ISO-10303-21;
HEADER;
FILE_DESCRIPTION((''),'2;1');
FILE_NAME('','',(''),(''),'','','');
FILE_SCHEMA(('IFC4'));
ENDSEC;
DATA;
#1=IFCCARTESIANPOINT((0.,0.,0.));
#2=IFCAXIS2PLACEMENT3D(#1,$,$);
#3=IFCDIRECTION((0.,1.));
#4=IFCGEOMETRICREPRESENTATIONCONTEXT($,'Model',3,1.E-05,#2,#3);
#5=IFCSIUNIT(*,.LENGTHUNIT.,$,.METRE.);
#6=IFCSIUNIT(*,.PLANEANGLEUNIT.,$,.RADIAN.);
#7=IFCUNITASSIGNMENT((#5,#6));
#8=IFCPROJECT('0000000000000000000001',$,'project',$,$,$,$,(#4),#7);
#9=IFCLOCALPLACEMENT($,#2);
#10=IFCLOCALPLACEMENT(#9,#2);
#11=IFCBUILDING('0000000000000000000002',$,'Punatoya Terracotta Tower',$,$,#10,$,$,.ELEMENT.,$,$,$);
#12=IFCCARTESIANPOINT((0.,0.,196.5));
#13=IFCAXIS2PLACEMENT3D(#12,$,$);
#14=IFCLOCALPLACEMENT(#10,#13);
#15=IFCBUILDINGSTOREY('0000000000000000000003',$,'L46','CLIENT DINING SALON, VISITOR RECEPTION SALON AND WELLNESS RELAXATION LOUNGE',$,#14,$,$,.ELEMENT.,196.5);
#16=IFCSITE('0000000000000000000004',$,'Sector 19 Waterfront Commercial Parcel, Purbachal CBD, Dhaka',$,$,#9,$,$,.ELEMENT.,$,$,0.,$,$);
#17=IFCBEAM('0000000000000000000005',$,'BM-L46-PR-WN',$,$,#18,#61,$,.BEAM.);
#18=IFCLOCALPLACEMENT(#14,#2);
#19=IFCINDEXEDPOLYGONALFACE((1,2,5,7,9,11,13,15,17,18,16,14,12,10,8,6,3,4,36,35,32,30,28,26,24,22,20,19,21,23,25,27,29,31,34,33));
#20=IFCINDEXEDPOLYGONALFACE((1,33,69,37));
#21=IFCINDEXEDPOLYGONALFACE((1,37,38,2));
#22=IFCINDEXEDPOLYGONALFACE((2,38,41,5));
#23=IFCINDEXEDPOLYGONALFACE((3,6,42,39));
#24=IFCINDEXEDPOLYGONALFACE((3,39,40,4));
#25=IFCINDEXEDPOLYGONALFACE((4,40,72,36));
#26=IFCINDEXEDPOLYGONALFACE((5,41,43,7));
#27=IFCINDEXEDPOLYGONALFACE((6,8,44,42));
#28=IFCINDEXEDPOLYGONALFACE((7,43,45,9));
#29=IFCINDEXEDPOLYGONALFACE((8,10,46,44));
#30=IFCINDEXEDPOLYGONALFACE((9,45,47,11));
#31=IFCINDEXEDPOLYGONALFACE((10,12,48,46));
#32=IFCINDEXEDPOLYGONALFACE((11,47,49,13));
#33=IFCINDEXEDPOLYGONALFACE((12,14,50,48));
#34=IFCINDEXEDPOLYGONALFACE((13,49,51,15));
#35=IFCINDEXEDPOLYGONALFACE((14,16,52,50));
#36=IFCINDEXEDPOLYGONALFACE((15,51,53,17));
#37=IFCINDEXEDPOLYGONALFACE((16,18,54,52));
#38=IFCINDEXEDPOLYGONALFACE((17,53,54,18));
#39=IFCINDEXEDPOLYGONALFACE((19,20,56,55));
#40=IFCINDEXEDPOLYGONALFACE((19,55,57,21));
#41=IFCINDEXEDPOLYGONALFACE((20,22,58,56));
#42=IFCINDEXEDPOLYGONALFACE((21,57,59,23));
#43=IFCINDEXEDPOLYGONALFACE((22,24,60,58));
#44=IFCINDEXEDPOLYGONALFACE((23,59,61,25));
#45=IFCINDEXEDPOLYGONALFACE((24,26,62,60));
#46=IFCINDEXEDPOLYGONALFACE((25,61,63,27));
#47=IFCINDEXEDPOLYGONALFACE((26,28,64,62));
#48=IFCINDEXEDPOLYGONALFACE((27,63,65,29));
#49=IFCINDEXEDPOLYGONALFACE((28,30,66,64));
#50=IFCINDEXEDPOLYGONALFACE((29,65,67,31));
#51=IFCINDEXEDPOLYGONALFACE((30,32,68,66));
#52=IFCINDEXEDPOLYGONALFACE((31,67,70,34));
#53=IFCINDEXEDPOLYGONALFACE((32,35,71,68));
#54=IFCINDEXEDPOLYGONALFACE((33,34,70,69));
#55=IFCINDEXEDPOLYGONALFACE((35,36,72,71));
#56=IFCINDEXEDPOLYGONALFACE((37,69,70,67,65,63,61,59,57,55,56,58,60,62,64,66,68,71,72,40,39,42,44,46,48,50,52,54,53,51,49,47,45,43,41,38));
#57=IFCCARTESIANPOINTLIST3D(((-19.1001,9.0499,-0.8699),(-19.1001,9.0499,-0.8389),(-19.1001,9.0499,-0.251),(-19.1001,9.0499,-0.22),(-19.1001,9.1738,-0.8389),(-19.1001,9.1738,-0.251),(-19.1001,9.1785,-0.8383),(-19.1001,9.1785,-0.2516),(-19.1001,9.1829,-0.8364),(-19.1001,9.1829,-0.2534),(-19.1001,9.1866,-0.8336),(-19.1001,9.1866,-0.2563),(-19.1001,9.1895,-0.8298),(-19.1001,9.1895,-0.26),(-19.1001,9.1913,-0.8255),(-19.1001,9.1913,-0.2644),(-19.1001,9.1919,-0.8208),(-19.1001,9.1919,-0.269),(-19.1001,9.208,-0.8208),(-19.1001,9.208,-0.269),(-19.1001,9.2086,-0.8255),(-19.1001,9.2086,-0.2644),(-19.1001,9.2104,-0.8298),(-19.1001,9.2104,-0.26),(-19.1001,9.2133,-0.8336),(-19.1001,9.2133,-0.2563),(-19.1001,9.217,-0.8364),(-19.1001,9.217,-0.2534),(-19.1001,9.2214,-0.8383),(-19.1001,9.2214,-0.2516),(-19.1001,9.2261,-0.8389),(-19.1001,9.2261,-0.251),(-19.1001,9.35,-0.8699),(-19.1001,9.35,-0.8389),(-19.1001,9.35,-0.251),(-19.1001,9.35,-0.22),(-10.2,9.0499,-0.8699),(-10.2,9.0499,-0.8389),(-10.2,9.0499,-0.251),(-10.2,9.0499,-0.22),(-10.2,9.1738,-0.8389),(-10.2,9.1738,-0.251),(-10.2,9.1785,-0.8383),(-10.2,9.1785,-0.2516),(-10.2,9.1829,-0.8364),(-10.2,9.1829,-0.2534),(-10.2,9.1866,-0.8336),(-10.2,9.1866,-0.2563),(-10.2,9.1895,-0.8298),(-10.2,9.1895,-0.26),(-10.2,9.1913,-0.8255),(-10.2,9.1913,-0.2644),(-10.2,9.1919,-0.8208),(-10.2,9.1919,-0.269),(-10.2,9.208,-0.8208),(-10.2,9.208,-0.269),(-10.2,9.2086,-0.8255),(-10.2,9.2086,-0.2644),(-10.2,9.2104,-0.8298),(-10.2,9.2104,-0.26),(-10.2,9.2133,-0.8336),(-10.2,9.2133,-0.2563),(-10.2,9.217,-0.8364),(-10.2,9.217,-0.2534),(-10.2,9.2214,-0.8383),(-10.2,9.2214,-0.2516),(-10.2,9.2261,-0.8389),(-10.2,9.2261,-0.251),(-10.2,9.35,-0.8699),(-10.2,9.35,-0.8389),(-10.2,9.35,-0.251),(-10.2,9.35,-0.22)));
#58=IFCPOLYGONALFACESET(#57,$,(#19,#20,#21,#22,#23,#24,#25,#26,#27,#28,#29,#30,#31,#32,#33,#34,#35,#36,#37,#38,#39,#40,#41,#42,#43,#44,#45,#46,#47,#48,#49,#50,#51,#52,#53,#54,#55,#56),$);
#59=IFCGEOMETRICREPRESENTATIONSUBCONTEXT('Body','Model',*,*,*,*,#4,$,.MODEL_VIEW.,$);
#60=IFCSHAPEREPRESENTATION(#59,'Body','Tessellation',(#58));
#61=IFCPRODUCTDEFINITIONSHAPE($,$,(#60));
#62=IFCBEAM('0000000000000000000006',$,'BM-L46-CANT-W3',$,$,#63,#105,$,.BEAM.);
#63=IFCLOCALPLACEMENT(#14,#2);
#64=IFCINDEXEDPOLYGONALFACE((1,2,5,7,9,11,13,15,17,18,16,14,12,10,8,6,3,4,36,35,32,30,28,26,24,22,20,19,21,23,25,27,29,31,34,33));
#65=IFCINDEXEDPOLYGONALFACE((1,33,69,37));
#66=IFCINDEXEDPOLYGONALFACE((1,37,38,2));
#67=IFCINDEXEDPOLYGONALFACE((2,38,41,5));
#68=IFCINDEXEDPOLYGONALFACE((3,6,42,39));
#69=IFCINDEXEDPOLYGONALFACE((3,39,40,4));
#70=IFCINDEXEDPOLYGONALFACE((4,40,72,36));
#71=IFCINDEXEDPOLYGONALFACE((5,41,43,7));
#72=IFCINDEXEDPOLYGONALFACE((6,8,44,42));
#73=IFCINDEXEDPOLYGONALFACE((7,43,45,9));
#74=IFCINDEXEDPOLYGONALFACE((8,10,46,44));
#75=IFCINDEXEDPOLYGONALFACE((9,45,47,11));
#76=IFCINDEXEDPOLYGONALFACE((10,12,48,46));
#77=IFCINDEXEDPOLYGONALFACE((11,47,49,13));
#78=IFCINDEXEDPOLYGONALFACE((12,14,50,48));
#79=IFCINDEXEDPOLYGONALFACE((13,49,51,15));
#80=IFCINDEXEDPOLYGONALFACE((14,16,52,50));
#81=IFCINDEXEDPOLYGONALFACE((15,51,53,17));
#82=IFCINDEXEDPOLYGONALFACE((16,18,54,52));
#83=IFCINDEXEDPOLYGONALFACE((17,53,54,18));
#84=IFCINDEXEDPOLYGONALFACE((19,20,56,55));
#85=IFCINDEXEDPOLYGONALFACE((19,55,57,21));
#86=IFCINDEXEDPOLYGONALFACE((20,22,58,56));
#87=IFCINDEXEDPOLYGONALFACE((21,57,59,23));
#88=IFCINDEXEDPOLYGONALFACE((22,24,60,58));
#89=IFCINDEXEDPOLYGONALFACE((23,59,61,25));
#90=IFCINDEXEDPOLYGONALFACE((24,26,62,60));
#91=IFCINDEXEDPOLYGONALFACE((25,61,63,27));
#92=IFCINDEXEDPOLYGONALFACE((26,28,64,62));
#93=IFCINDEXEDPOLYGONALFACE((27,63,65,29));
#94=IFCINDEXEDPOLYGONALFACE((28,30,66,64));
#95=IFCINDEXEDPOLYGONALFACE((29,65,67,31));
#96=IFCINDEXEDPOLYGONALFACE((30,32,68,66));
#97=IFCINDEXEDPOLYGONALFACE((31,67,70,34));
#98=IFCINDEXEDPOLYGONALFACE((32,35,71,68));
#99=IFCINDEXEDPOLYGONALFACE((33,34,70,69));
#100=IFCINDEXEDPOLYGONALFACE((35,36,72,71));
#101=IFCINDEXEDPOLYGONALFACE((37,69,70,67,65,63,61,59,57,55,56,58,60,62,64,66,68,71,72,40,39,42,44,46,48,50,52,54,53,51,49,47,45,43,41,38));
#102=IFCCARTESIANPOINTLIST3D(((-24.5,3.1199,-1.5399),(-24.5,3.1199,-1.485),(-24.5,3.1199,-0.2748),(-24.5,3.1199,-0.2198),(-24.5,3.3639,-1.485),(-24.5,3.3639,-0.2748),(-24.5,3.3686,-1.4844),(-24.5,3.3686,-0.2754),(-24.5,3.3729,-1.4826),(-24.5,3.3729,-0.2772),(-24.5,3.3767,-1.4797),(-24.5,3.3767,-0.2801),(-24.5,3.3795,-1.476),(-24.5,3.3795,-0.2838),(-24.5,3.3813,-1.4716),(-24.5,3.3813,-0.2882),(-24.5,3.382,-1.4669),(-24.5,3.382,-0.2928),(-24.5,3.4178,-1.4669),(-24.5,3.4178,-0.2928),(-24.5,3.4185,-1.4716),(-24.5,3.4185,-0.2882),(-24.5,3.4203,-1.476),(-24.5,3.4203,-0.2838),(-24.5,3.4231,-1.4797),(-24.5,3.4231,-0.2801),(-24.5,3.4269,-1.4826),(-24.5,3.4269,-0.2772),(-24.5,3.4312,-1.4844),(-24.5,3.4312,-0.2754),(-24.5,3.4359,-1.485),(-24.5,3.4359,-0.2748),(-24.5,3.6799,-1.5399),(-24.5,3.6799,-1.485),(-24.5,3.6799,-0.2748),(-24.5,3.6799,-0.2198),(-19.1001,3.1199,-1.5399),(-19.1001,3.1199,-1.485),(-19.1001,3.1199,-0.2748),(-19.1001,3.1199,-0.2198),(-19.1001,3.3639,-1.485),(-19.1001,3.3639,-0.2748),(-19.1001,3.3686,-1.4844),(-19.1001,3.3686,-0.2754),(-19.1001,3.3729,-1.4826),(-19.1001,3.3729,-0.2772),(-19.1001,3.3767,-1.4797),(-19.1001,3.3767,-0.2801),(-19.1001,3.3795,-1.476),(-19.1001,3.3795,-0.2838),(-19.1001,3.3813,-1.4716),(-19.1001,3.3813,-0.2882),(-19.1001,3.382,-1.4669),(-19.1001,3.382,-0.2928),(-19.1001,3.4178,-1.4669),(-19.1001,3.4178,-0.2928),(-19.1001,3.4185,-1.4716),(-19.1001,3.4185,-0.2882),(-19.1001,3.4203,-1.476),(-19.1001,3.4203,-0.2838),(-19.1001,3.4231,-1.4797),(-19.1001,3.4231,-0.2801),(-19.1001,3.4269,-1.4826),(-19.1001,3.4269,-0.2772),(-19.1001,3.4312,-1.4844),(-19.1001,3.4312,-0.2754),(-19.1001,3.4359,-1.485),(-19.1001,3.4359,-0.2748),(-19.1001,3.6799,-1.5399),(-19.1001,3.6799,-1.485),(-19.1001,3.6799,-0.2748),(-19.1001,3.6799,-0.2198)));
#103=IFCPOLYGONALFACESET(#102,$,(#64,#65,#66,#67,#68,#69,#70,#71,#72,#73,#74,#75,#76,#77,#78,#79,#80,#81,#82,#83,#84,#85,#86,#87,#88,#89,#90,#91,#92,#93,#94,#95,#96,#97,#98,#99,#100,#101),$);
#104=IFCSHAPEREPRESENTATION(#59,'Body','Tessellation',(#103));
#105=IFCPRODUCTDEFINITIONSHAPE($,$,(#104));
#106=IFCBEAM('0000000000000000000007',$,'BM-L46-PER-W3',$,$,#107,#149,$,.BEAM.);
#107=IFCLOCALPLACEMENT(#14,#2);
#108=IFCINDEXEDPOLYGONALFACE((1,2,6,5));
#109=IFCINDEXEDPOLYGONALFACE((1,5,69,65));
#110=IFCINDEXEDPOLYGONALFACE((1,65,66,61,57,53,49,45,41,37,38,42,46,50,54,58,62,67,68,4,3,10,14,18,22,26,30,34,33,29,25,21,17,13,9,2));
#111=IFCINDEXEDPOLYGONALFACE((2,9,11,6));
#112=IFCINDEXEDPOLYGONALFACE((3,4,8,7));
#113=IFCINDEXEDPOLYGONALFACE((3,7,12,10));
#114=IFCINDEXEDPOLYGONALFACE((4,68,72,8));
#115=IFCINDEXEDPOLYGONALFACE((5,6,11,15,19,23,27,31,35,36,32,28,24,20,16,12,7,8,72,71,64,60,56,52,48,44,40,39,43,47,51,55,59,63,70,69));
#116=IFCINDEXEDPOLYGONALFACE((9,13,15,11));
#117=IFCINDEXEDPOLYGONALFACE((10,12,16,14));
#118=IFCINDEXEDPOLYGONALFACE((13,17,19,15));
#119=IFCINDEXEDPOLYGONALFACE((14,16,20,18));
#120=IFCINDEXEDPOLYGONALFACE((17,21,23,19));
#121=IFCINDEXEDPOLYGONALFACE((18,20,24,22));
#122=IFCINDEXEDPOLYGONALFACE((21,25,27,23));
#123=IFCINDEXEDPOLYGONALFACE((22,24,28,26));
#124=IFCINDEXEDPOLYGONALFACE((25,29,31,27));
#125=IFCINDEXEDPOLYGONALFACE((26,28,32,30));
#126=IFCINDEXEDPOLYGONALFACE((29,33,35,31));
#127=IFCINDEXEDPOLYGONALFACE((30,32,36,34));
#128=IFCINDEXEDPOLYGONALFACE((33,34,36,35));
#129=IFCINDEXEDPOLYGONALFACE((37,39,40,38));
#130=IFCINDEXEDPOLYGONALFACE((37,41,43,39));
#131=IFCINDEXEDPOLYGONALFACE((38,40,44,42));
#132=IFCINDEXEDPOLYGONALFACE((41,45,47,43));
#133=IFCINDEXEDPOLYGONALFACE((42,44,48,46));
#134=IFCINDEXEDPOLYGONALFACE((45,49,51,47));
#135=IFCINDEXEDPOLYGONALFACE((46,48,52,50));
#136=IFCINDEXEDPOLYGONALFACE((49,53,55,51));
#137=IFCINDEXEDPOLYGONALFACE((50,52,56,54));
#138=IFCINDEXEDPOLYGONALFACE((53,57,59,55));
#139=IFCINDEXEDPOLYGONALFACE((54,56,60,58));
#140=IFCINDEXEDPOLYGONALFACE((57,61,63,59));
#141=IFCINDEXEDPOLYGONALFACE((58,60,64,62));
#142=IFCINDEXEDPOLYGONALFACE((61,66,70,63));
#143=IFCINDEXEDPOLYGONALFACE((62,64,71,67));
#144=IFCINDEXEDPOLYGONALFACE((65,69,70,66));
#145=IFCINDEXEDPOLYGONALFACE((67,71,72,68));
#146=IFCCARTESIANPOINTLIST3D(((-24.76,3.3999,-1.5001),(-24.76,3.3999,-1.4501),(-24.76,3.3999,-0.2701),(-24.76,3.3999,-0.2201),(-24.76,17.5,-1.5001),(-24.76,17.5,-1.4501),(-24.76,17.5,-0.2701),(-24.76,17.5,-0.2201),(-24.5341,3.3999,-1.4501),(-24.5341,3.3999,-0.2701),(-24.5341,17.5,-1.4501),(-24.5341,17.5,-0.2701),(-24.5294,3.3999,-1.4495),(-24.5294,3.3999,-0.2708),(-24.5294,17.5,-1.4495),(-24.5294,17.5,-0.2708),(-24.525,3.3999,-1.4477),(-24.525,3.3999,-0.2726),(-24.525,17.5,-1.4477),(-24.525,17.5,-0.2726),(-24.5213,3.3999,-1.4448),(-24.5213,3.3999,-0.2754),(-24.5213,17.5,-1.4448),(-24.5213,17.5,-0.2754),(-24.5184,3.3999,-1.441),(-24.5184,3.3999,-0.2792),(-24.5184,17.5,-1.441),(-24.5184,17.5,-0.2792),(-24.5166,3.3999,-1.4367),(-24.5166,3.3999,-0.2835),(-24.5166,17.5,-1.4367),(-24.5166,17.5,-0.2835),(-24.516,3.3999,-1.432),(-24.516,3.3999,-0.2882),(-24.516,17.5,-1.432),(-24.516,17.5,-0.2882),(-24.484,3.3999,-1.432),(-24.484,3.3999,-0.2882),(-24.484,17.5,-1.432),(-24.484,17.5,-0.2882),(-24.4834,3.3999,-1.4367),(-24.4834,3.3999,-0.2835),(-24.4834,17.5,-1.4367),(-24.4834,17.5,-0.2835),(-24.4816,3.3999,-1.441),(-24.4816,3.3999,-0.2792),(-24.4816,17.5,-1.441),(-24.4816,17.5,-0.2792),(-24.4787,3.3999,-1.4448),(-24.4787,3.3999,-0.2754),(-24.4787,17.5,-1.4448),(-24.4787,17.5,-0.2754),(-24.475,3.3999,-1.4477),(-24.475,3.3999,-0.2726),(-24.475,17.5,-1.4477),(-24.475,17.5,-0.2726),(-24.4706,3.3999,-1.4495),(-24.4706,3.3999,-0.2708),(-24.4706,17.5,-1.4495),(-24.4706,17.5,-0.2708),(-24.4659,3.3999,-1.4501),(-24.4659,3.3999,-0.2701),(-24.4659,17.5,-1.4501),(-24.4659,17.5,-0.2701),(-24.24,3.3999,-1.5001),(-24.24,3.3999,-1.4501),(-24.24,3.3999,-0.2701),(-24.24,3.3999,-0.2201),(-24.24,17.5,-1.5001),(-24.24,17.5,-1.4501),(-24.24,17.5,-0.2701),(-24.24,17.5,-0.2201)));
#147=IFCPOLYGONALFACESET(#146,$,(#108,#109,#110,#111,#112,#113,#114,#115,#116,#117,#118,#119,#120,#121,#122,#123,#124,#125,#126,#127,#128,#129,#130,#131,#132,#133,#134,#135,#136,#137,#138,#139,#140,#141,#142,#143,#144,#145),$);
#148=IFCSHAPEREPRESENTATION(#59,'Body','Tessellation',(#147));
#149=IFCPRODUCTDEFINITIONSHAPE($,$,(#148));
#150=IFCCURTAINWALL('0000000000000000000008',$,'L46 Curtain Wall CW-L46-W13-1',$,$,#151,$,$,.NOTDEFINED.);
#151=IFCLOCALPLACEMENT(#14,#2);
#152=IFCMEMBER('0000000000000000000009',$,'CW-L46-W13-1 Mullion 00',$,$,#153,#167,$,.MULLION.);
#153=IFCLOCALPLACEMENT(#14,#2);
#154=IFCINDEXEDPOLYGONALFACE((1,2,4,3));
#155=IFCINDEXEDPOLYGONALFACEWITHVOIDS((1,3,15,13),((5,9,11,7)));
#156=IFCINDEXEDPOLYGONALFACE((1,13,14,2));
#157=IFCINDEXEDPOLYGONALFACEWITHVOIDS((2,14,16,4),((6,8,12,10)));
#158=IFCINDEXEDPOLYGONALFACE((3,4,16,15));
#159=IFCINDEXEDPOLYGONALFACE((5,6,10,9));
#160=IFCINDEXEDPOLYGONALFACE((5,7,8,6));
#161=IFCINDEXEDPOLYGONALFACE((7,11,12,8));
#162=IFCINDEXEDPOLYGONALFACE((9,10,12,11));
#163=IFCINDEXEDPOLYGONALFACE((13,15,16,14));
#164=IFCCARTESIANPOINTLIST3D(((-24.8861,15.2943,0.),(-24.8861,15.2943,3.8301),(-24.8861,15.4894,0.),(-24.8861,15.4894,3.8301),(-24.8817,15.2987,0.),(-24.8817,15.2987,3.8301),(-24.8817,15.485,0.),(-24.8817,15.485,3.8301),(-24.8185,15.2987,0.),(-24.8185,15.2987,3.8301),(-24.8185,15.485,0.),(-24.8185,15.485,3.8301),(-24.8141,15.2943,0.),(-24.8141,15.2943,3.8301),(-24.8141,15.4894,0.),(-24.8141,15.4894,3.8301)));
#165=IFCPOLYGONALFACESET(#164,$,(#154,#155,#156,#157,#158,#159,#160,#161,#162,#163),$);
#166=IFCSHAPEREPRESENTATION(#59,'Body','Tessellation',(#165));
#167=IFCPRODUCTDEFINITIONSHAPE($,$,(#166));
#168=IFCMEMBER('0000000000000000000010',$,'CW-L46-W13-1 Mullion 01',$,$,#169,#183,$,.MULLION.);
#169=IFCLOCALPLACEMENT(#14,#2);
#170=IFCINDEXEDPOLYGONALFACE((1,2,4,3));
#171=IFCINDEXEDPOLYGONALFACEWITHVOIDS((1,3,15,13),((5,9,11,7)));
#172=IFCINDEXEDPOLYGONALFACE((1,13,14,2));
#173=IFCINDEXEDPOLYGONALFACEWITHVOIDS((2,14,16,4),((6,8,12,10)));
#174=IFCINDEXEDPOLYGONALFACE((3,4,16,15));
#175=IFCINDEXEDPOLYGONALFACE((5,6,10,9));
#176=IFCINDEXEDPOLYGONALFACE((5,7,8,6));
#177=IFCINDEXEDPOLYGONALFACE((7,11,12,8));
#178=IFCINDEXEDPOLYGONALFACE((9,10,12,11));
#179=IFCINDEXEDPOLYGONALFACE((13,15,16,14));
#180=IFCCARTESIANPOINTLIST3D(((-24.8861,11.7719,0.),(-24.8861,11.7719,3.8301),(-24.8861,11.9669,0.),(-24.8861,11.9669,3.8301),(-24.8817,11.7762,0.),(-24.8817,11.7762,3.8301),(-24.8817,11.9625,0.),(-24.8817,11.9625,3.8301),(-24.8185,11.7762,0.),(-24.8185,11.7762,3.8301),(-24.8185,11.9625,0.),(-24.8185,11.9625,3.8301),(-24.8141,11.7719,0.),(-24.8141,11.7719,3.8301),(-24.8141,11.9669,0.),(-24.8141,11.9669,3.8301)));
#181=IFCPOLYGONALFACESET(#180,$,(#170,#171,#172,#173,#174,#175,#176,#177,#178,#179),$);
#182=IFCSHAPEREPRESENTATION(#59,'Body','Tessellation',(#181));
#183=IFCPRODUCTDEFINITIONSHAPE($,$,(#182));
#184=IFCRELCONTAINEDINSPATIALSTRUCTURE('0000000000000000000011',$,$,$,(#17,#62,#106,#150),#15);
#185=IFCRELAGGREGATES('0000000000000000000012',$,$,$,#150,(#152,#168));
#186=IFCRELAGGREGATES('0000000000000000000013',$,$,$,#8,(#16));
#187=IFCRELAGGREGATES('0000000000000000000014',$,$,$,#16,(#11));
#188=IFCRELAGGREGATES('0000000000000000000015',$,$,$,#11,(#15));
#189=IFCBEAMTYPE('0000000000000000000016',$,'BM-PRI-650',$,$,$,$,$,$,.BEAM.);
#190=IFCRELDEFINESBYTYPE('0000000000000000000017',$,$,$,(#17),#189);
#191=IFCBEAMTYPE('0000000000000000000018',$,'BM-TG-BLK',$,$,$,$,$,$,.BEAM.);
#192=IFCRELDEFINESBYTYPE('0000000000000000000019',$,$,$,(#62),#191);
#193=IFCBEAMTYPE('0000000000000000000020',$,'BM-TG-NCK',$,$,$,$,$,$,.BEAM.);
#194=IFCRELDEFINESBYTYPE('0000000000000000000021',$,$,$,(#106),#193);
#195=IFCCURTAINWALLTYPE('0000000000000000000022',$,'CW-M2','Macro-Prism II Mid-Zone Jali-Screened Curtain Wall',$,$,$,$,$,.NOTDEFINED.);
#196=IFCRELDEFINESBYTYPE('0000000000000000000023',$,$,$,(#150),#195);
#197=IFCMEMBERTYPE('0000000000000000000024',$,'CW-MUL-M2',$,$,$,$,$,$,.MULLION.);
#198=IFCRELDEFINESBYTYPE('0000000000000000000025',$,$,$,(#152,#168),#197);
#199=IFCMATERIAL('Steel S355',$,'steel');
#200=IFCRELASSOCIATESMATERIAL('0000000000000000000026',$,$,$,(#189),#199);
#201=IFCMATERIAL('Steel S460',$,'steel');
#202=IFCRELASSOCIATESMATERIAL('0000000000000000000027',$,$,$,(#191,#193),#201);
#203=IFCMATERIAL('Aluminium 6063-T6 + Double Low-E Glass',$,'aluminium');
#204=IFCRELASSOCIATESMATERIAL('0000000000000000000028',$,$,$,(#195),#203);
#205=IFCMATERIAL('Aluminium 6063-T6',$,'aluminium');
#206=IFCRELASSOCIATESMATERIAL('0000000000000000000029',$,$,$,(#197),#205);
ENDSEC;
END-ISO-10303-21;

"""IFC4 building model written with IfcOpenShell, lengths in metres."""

from ifc_helpers import new_model, si_unit, direction, frame, origin, origin_2d, place, context, subcontext, project, spatial, hollow_rectangle, i_section, extrude, material, material_profile, profile_set, type_object, element, aggregate, save


model = new_model("IFC4")

# Units and contexts
model_context = context("Model", 3, precision=1e-05, world=origin(), true_north=direction((0.0, 1.0)))
body_context = subcontext(model_context, "Body", "Model", "MODEL_VIEW")
ifc_project = project(units=[si_unit("LENGTHUNIT", "METRE"), si_unit("PLANEANGLEUNIT", "RADIAN")], contexts=[model_context])

# Site, building, storey
site_placement = place(None, origin())
site = spatial("IfcSite", under=ifc_project, at=site_placement, Name="Sector 19 Waterfront Commercial Parcel, Purbachal CBD, Dhaka", CompositionType="ELEMENT", RefElevation=0.0)
building_placement = place(site_placement, origin())
building = spatial("IfcBuilding", under=site, at=building_placement, Name="Punatoya Terracotta Tower", CompositionType="ELEMENT")
storey_placement = place(building_placement, frame((0.0, 0.0, 196.5)))
storey = spatial("IfcBuildingStorey", under=building, at=storey_placement, Name="L46", Description="CLIENT DINING SALON, VISITOR RECEPTION SALON AND WELLNESS RELAXATION LOUNGE", CompositionType="ELEMENT", Elevation=196.5)

# Shared definitions
ifc_material_1 = material(Name="Steel S460", Category="steel")

# Beams
ifc_material_2 = material(Name="Steel S355", Category="steel")
ifc_material_profile_1 = material_profile(ifc_material_2, i_section(OverallWidth=0.3, OverallDepth=0.6499, WebThickness=0.0161, FlangeThickness=0.031, FilletRadius=0.0181, at=origin_2d()))
ifc_profile_set_1 = profile_set([ifc_material_profile_1], Name="Steel S355")
beam_type_1 = type_object("IfcBeamType", Name="BM-PRI-650", PredefinedType="BEAM", material=ifc_profile_set_1)
for number, where, z_axis, x_axis, name in (
    (1, (-19.1001, 9.2, -0.5449), (1.0, 0.0, 0.0), (0.0, 1.0, 0.0), "BM-L46-PR-WN"),
):
    element("IfcBeam", number, at=place(storey_placement, frame(where, z_axis=z_axis, x_axis=x_axis)), inside=storey, type_object=beam_type_1, Name=name, PredefinedType="BEAM", context=body_context, shape_type="SweptSolid", body=[
        extrude(i_section(OverallWidth=0.3, OverallDepth=0.6499, WebThickness=0.0161, FlangeThickness=0.031, FilletRadius=0.0181, at=origin_2d()), origin(), (0.0, 0.0, 1.0), 8.9001),
    ])
ifc_material_profile_2 = material_profile(ifc_material_1, i_section(OverallWidth=0.5601, OverallDepth=1.3201, WebThickness=0.0359, FlangeThickness=0.0549, FilletRadius=0.0181, at=origin_2d()))
ifc_profile_set_2 = profile_set([ifc_material_profile_2], Name="Steel S460")
beam_type_2 = type_object("IfcBeamType", Name="BM-TG-BLK", PredefinedType="BEAM", material=ifc_profile_set_2)
beam_1_placement = place(storey_placement, frame((-24.5, 3.3999, -0.8799), z_axis=(1.0, 0.0, 0.0), x_axis=(0.0, 1.0, 0.0)))
element("IfcBeam", 2, at=beam_1_placement, inside=storey, type_object=beam_type_2, Name="BM-L46-CANT-W3", PredefinedType="BEAM", context=body_context, shape_type="SweptSolid", body=[
    extrude(i_section(OverallWidth=0.5601, OverallDepth=1.3201, WebThickness=0.0359, FlangeThickness=0.0549, FilletRadius=0.0181, at=origin_2d()), origin(), (0.0, 0.0, 1.0), 5.3999),
])
ifc_material_profile_3 = material_profile(ifc_material_1, i_section(OverallWidth=0.52, OverallDepth=1.28, WebThickness=0.032, FlangeThickness=0.05, FilletRadius=0.0181, at=origin_2d()))
ifc_profile_set_3 = profile_set([ifc_material_profile_3], Name="Steel S460")
beam_type_3 = type_object("IfcBeamType", Name="BM-TG-NCK", PredefinedType="BEAM", material=ifc_profile_set_3)
beam_2_placement = place(storey_placement, frame((-24.5, 3.3999, -0.8601), z_axis=(0.0, 1.0, 0.0), x_axis=(-1.0, 0.0, 0.0)))
element("IfcBeam", 3, at=beam_2_placement, inside=storey, type_object=beam_type_3, Name="BM-L46-PER-W3", PredefinedType="BEAM", context=body_context, shape_type="SweptSolid", body=[
    extrude(i_section(OverallWidth=0.52, OverallDepth=1.28, WebThickness=0.032, FlangeThickness=0.05, FilletRadius=0.0181, at=origin_2d()), origin(), (0.0, 0.0, 1.0), 14.1001),
])

# Curtain wall, members
ifc_material_3 = material(Name="Aluminium 6063-T6 + Double Low-E Glass", Category="aluminium")
curtain_wall_type = type_object("IfcCurtainWallType", Name="CW-M2", Description="Macro-Prism II Mid-Zone Jali-Screened Curtain Wall", PredefinedType="NOTDEFINED", material=ifc_material_3)
curtain_wall_placement = place(storey_placement, origin())
curtain_wall = element("IfcCurtainWall", 4, at=curtain_wall_placement, inside=storey, type_object=curtain_wall_type, Name="L46 Curtain Wall CW-L46-W13-1", PredefinedType="NOTDEFINED")
ifc_material_4 = material(Name="Aluminium 6063-T6", Category="aluminium")
ifc_material_profile_4 = material_profile(ifc_material_4, hollow_rectangle(XDim=0.072, YDim=0.1951, WallThickness=0.0044, at=origin_2d()))
ifc_profile_set_4 = profile_set([ifc_material_profile_4], Name="Aluminium 6063-T6")
member_type_1 = type_object("IfcMemberType", Name="CW-MUL-M2", PredefinedType="MULLION", material=ifc_profile_set_4)
member_1_placement = place(storey_placement, frame((-24.8501, 15.3918, 0.0), z_axis=(0.0, 0.0, 1.0), x_axis=(1.0, 0.0, 0.0)))
member_1 = element("IfcMember", 5, at=member_1_placement, type_object=member_type_1, Name="CW-L46-W13-1 Mullion 00", PredefinedType="MULLION", context=body_context, shape_type="SweptSolid", body=[
    extrude(hollow_rectangle(XDim=0.072, YDim=0.1951, WallThickness=0.0044, at=origin_2d()), origin(), (0.0, 0.0, 1.0), 3.8301),
])
member_2_placement = place(storey_placement, frame((-24.8501, 11.8694, 0.0), z_axis=(0.0, 0.0, 1.0), x_axis=(1.0, 0.0, 0.0)))
member_2 = element("IfcMember", 6, at=member_2_placement, type_object=member_type_1, Name="CW-L46-W13-1 Mullion 01", PredefinedType="MULLION", context=body_context, shape_type="SweptSolid", body=[
    extrude(hollow_rectangle(XDim=0.072, YDim=0.1951, WallThickness=0.0044, at=origin_2d()), origin(), (0.0, 0.0, 1.0), 3.8301),
])
aggregate(curtain_wall, [member_1, member_2])

save(model, "model.ifc")
